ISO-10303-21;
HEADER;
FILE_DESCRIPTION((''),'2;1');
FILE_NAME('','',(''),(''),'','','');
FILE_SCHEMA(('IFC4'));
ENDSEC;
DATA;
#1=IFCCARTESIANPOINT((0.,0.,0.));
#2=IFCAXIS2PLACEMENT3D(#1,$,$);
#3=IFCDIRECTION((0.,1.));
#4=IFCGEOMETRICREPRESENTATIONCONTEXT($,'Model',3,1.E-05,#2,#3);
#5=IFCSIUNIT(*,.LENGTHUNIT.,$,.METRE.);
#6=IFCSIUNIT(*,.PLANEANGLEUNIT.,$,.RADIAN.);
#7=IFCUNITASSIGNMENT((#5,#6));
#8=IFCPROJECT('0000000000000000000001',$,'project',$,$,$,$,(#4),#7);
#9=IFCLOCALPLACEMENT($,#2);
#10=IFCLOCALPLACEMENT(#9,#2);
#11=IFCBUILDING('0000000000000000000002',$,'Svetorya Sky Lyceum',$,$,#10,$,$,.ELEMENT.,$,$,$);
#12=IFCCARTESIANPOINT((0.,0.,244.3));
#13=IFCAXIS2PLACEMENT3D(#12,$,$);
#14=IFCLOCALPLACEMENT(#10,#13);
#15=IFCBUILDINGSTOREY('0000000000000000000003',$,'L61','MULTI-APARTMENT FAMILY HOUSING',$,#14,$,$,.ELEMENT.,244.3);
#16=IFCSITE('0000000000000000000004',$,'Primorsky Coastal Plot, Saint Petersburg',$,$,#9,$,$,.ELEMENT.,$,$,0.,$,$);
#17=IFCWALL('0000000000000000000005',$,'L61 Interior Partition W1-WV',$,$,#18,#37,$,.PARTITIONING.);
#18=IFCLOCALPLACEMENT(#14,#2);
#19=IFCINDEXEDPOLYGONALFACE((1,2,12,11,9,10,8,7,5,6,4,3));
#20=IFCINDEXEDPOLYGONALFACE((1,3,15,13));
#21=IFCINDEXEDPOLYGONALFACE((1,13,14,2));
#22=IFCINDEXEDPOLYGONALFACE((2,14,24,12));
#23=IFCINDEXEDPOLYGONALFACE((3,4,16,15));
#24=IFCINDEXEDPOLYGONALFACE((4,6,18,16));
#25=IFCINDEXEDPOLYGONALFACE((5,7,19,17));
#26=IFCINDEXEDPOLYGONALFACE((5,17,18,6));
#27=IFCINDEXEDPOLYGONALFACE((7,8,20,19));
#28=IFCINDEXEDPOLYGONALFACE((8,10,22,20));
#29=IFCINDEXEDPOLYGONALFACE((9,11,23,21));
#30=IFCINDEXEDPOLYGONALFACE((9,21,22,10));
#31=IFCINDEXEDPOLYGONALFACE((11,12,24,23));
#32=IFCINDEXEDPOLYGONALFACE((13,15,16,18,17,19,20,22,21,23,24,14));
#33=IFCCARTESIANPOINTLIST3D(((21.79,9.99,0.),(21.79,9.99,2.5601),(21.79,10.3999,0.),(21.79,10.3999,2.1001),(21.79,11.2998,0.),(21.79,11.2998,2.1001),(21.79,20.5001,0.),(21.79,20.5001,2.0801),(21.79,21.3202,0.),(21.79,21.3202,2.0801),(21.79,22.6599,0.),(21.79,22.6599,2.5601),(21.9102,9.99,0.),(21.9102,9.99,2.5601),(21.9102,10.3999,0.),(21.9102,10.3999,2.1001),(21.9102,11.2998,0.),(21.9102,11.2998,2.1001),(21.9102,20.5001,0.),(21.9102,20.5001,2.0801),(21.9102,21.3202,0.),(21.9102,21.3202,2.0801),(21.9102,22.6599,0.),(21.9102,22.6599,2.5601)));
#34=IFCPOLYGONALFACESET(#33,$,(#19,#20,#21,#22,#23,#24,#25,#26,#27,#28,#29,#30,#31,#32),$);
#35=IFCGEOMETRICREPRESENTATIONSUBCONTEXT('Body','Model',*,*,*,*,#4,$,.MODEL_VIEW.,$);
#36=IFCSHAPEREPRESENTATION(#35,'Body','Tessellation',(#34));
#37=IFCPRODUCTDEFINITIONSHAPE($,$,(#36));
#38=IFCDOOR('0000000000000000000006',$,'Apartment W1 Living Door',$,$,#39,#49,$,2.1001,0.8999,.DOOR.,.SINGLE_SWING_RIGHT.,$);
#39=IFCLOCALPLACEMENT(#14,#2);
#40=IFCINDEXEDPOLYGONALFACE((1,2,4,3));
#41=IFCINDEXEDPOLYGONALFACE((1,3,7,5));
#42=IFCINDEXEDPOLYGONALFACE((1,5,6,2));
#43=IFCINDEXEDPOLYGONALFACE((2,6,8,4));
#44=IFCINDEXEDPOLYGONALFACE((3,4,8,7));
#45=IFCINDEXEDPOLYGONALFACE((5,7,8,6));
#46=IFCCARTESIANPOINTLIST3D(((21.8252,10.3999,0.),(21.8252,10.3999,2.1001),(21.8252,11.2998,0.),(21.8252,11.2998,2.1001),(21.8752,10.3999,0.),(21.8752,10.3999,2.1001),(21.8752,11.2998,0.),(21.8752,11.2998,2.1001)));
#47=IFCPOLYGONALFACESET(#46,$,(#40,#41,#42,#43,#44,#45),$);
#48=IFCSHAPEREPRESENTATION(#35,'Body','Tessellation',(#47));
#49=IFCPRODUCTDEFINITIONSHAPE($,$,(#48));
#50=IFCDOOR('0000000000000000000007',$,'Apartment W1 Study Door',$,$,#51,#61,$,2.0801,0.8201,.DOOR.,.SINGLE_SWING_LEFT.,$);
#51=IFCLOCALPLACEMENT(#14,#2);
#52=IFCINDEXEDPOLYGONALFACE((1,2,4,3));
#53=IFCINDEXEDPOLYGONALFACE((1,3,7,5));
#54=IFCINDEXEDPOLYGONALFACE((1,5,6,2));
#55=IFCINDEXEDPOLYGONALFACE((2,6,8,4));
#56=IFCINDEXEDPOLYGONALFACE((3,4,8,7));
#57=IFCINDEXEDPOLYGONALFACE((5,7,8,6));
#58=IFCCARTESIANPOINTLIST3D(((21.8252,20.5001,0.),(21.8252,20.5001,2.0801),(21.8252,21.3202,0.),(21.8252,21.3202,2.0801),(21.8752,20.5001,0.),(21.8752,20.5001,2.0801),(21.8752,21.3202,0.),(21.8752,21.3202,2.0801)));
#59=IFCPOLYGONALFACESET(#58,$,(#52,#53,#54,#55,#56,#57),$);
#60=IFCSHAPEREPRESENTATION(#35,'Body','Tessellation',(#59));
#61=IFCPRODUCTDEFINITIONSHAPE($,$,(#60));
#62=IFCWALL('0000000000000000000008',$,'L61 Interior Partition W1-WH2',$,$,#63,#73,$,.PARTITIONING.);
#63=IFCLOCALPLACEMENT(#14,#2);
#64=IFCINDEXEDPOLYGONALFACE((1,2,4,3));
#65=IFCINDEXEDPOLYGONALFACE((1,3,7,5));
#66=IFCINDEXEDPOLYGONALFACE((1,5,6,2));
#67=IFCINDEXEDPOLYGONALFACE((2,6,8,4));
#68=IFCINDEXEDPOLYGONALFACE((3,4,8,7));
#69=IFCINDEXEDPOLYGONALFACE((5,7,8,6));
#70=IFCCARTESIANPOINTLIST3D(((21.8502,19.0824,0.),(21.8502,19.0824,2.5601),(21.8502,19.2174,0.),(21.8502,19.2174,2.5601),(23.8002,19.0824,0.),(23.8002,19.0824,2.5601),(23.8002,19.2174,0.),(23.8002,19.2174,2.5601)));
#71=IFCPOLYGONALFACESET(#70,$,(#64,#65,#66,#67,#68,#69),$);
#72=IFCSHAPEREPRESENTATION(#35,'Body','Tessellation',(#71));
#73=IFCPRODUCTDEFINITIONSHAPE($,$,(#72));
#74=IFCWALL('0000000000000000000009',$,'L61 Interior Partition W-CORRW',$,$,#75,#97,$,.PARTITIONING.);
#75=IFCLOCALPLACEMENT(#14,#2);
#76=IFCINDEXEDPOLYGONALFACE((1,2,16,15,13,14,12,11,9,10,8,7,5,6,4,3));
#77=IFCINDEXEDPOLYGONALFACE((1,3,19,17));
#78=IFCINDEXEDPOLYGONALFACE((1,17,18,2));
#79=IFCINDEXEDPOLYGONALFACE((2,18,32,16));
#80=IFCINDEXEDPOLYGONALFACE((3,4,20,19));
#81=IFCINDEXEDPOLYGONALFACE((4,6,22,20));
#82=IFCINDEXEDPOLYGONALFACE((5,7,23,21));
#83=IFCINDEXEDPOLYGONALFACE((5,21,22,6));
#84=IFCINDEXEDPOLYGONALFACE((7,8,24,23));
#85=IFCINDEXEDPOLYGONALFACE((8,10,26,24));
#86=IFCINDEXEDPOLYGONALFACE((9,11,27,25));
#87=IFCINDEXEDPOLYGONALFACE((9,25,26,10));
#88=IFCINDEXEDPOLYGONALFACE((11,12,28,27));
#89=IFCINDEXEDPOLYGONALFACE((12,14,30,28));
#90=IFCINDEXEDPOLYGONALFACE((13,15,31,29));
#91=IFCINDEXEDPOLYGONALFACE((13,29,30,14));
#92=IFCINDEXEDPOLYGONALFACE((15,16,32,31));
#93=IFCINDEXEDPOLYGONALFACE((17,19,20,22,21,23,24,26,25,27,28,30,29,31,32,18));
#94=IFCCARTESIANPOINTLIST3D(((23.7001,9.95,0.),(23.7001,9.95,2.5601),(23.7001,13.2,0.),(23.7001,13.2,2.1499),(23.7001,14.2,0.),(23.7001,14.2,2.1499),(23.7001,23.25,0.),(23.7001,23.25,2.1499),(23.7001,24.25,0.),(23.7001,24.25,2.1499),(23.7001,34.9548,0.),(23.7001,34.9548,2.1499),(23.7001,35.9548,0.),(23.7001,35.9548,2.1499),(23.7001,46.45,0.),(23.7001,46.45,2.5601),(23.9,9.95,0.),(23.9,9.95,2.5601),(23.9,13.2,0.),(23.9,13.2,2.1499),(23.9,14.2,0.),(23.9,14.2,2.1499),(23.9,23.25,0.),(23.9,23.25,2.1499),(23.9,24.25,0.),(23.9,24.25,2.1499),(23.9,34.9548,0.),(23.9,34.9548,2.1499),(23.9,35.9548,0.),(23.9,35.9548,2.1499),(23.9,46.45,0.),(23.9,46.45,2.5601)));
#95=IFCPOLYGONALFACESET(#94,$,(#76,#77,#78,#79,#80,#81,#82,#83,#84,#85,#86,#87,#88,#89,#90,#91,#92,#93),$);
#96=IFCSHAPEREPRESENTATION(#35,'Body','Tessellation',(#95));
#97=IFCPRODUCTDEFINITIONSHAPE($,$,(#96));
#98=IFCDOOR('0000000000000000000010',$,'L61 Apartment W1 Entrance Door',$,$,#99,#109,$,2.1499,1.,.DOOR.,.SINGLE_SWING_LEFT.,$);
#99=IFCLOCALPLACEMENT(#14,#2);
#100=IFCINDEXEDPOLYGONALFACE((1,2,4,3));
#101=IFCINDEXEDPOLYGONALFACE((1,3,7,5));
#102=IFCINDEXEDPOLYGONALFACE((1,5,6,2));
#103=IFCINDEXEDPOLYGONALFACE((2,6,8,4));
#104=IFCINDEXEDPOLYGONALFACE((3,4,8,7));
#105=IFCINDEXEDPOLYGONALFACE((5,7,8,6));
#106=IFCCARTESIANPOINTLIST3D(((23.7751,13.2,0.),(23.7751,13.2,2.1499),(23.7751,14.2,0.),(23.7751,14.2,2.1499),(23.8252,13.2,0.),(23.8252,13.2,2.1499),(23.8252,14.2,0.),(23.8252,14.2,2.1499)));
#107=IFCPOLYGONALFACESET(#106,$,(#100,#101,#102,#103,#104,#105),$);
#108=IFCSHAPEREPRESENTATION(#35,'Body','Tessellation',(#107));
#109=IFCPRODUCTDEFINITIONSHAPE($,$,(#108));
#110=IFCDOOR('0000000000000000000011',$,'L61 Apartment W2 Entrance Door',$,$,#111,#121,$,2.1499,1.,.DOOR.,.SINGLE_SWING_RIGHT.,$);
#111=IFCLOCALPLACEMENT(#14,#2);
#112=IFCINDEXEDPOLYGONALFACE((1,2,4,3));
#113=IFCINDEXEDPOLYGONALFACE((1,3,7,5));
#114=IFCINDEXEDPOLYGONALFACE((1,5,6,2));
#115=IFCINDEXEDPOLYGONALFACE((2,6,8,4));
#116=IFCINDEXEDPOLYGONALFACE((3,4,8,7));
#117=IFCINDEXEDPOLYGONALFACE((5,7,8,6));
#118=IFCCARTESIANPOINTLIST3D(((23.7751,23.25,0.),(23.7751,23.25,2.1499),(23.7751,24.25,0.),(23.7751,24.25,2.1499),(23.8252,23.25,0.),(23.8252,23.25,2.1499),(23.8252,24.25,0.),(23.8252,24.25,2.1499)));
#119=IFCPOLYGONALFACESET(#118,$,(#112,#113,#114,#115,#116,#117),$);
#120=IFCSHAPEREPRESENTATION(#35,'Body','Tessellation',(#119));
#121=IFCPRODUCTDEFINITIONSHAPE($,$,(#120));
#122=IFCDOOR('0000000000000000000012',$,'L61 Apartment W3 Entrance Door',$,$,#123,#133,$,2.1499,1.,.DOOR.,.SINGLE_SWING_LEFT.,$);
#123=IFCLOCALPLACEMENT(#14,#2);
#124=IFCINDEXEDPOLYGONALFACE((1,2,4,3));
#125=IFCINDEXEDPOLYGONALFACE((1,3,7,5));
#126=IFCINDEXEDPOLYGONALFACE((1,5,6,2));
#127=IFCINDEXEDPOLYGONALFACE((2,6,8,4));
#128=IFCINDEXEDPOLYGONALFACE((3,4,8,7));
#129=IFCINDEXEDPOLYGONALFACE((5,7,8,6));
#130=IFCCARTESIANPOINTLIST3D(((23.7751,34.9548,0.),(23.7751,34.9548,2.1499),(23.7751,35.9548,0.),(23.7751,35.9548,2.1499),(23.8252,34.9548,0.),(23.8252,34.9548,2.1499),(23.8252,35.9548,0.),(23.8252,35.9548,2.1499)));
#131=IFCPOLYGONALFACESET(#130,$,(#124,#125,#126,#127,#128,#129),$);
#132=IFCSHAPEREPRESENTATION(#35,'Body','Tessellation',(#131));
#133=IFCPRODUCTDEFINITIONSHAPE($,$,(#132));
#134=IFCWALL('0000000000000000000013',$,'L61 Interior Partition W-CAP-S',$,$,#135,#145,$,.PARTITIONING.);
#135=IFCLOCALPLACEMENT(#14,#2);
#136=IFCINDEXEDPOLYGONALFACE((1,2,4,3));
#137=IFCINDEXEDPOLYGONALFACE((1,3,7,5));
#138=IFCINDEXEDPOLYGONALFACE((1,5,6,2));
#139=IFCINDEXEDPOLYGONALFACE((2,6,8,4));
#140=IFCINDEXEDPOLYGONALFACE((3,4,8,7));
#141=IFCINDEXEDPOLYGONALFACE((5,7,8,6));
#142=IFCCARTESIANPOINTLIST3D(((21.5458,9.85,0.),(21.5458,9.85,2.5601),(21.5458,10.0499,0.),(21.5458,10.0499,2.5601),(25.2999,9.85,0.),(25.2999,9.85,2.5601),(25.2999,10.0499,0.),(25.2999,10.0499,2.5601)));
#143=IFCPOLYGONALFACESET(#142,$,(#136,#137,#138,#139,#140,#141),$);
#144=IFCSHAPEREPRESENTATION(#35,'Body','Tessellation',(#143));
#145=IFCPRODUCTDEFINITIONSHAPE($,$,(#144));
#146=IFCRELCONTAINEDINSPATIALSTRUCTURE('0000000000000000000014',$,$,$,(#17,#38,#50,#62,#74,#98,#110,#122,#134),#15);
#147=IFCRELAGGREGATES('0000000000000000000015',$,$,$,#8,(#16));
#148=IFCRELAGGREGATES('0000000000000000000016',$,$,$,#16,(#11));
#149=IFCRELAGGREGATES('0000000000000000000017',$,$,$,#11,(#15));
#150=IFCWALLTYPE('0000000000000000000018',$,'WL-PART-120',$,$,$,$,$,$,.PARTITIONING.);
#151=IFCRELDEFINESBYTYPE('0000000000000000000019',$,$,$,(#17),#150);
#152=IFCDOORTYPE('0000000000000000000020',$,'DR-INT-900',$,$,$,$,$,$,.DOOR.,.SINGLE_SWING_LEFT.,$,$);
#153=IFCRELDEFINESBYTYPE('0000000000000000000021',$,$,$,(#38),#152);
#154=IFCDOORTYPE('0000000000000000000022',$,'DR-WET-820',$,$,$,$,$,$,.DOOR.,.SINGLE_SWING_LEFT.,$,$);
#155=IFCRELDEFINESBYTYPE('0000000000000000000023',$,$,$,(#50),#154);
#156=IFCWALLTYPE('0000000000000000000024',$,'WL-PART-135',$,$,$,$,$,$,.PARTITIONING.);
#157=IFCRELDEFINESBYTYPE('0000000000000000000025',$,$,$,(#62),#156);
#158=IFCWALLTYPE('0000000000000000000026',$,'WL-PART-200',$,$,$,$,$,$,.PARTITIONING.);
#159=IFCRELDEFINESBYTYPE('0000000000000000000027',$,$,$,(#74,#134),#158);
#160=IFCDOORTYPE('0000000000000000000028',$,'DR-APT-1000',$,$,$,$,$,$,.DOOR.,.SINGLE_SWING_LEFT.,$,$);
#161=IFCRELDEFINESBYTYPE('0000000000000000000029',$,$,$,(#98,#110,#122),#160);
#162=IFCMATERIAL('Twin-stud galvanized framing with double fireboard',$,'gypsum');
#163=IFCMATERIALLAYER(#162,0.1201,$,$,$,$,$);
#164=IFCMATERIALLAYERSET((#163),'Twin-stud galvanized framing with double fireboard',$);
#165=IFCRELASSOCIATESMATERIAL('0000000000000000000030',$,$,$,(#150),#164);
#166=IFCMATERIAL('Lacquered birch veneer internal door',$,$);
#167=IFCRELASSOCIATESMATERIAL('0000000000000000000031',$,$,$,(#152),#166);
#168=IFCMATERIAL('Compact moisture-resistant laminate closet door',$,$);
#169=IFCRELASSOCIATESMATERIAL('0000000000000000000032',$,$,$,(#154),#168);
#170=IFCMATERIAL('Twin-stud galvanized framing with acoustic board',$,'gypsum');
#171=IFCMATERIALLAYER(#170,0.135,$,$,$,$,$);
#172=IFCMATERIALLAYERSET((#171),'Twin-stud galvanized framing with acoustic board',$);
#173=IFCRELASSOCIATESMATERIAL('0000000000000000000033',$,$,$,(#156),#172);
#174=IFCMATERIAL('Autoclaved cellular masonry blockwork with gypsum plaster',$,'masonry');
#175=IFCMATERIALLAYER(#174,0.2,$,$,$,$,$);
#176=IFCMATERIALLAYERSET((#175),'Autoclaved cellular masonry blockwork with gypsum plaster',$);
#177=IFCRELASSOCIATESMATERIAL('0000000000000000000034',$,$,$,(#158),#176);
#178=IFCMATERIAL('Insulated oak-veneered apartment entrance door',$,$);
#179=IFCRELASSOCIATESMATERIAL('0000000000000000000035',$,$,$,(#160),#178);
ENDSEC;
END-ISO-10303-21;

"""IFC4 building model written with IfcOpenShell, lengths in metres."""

from ifc_helpers import new_model, si_unit, direction, frame, frame_2d, origin, place, context, subcontext, project, spatial, rectangle, extrude, material, layer, layer_set, type_object, element, fill, save


model = new_model("IFC4")

# Units and contexts
model_context = context("Model", 3, precision=1e-05, world=origin(), true_north=direction((0.0, 1.0)))
body_context = subcontext(model_context, "Body", "Model", "MODEL_VIEW")
ifc_project = project(units=[si_unit("LENGTHUNIT", "METRE"), si_unit("PLANEANGLEUNIT", "RADIAN")], contexts=[model_context])

# Site, building, storey
site_placement = place(None, origin())
site = spatial("IfcSite", under=ifc_project, at=site_placement, Name="Primorsky Coastal Plot, Saint Petersburg", CompositionType="ELEMENT", RefElevation=0.0)
building_placement = place(site_placement, origin())
building = spatial("IfcBuilding", under=site, at=building_placement, Name="Svetorya Sky Lyceum", CompositionType="ELEMENT")
storey_placement = place(building_placement, frame((0.0, 0.0, 244.3)))
storey = spatial("IfcBuildingStorey", under=building, at=storey_placement, Name="L61", Description="MULTI-APARTMENT FAMILY HOUSING", CompositionType="ELEMENT", Elevation=244.3)

# Shared definitions
ifc_material_1 = material(Name="Twin-stud galvanized framing with double fireboard", Category="gypsum")
ifc_layer_1 = layer(ifc_material_1, 0.1201)
ifc_layer_set_1 = layer_set([ifc_layer_1], Name="Twin-stud galvanized framing with double fireboard")
wall_type_1 = type_object("IfcWallType", Name="WL-PART-120", PredefinedType="PARTITIONING", material=ifc_layer_set_1)

# Wall, openings, doors
wall_1_placement = place(storey_placement, frame((21.8501, 9.99, 0.0), z_axis=(0.0, 0.0, 1.0), x_axis=(0.0, 1.0, 0.0)))
wall_1 = element("IfcWall", 1, at=wall_1_placement, inside=storey, type_object=wall_type_1, Name="L61 Interior Partition W1-WV", PredefinedType="PARTITIONING", context=body_context, shape_type="SweptSolid", body=[
    extrude(rectangle(XDim=12.6699, YDim=0.1201, at=frame_2d((6.335, 0.0))), origin(), (0.0, 0.0, 1.0), 2.5601),
])
opening_1_placement = place(wall_1_placement, frame((0.4099, 0.0, 0.0)))
opening_1 = element("IfcOpeningElement", 2, at=opening_1_placement, cuts=wall_1, PredefinedType="OPENING", context=body_context, shape_type="SweptSolid", body=[
    extrude(rectangle(XDim=0.8999, YDim=2.1001, at=frame_2d((0.45, 1.05))), frame((0.0, 0.0701, 0.0), z_axis=(0.0, -1.0, 0.0), x_axis=(1.0, 0.0, 0.0)), (0.0, 0.0, 1.0), 0.1401),
])
opening_2_placement = place(wall_1_placement, frame((10.51, 0.0, 0.0)))
opening_2 = element("IfcOpeningElement", 3, at=opening_2_placement, cuts=wall_1, PredefinedType="OPENING", context=body_context, shape_type="SweptSolid", body=[
    extrude(rectangle(XDim=0.8201, YDim=2.0801, at=frame_2d((0.4102, 1.04))), frame((0.0, 0.0701, 0.0), z_axis=(0.0, -1.0, 0.0), x_axis=(1.0, 0.0, 0.0)), (0.0, 0.0, 1.0), 0.1401),
])
ifc_material_2 = material(Name="Lacquered birch veneer internal door")
door_type_1 = type_object("IfcDoorType", Name="DR-INT-900", OperationType="SINGLE_SWING_LEFT", PredefinedType="DOOR", material=ifc_material_2)
door_1_placement = place(opening_1_placement, origin())
door_1 = element("IfcDoor", 4, at=door_1_placement, inside=storey, type_object=door_type_1, Name="Apartment W1 Living Door", OperationType="SINGLE_SWING_RIGHT", OverallHeight=2.1001, OverallWidth=0.8999, PredefinedType="DOOR", context=body_context, shape_type="SweptSolid", body=[
    extrude(rectangle(XDim=0.8999, YDim=2.1001, at=frame_2d((0.45, 1.05))), frame((0.0, 0.0249, 0.0), z_axis=(0.0, -1.0, 0.0), x_axis=(1.0, 0.0, 0.0)), (0.0, 0.0, 1.0), 0.05),
])
fill(opening_1, door_1)
ifc_material_3 = material(Name="Compact moisture-resistant laminate closet door")
door_type_2 = type_object("IfcDoorType", Name="DR-WET-820", OperationType="SINGLE_SWING_LEFT", PredefinedType="DOOR", material=ifc_material_3)
door_2_placement = place(opening_2_placement, origin())
door_2 = element("IfcDoor", 5, at=door_2_placement, inside=storey, type_object=door_type_2, Name="Apartment W1 Study Door", OperationType="SINGLE_SWING_LEFT", OverallHeight=2.0801, OverallWidth=0.8201, PredefinedType="DOOR", context=body_context, shape_type="SweptSolid", body=[
    extrude(rectangle(XDim=0.8201, YDim=2.0801, at=frame_2d((0.4102, 1.04))), frame((0.0, 0.0249, 0.0), z_axis=(0.0, -1.0, 0.0), x_axis=(1.0, 0.0, 0.0)), (0.0, 0.0, 1.0), 0.05),
])
fill(opening_2, door_2)

# Wall
ifc_material_4 = material(Name="Twin-stud galvanized framing with acoustic board", Category="gypsum")
ifc_layer_2 = layer(ifc_material_4, 0.135)
ifc_layer_set_2 = layer_set([ifc_layer_2], Name="Twin-stud galvanized framing with acoustic board")
wall_type_2 = type_object("IfcWallType", Name="WL-PART-135", PredefinedType="PARTITIONING", material=ifc_layer_set_2)
wall_2_placement = place(storey_placement, frame((21.8501, 19.1499, 0.0), z_axis=(0.0, 0.0, 1.0), x_axis=(1.0, 0.0, 0.0)))
element("IfcWall", 6, at=wall_2_placement, inside=storey, type_object=wall_type_2, Name="L61 Interior Partition W1-WH2", PredefinedType="PARTITIONING", context=body_context, shape_type="SweptSolid", body=[
    extrude(rectangle(XDim=1.95, YDim=0.135, at=frame_2d((0.9751, 0.0))), origin(), (0.0, 0.0, 1.0), 2.5601),
])

# Wall, openings, doors
ifc_material_5 = material(Name="Autoclaved cellular masonry blockwork with gypsum plaster", Category="masonry")
ifc_layer_3 = layer(ifc_material_5, 0.2)
ifc_layer_set_3 = layer_set([ifc_layer_3], Name="Autoclaved cellular masonry blockwork with gypsum plaster")
wall_type_3 = type_object("IfcWallType", Name="WL-PART-200", PredefinedType="PARTITIONING", material=ifc_layer_set_3)
wall_3_placement = place(storey_placement, frame((23.8, 9.95, 0.0), z_axis=(0.0, 0.0, 1.0), x_axis=(0.0, 1.0, 0.0)))
wall_3 = element("IfcWall", 7, at=wall_3_placement, inside=storey, type_object=wall_type_3, Name="L61 Interior Partition W-CORRW", PredefinedType="PARTITIONING", context=body_context, shape_type="SweptSolid", body=[
    extrude(rectangle(XDim=36.5, YDim=0.2, at=frame_2d((18.25, 0.0))), origin(), (0.0, 0.0, 1.0), 2.5601),
])
opening_3_placement = place(wall_3_placement, frame((3.25, 0.0, 0.0)))
opening_3 = element("IfcOpeningElement", 8, at=opening_3_placement, cuts=wall_3, PredefinedType="OPENING", context=body_context, shape_type="SweptSolid", body=[
    extrude(rectangle(XDim=1.0, YDim=2.1499, at=frame_2d((0.5, 1.075))), frame((0.0, 0.1099, 0.0), z_axis=(0.0, -1.0, 0.0), x_axis=(1.0, 0.0, 0.0)), (0.0, 0.0, 1.0), 0.22),
])
opening_4_placement = place(wall_3_placement, frame((13.3, 0.0, 0.0)))
opening_4 = element("IfcOpeningElement", 9, at=opening_4_placement, cuts=wall_3, PredefinedType="OPENING", context=body_context, shape_type="SweptSolid", body=[
    extrude(rectangle(XDim=1.0, YDim=2.1499, at=frame_2d((0.5, 1.075))), frame((0.0, 0.1099, 0.0), z_axis=(0.0, -1.0, 0.0), x_axis=(1.0, 0.0, 0.0)), (0.0, 0.0, 1.0), 0.22),
])
opening_5_placement = place(wall_3_placement, frame((25.0049, 0.0, 0.0)))
opening_5 = element("IfcOpeningElement", 10, at=opening_5_placement, cuts=wall_3, PredefinedType="OPENING", context=body_context, shape_type="SweptSolid", body=[
    extrude(rectangle(XDim=1.0, YDim=2.1499, at=frame_2d((0.5, 1.075))), frame((0.0, 0.1099, 0.0), z_axis=(0.0, -1.0, 0.0), x_axis=(1.0, 0.0, 0.0)), (0.0, 0.0, 1.0), 0.22),
])
ifc_material_6 = material(Name="Insulated oak-veneered apartment entrance door")
door_type_3 = type_object("IfcDoorType", Name="DR-APT-1000", OperationType="SINGLE_SWING_LEFT", PredefinedType="DOOR", material=ifc_material_6)
door_3_placement = place(opening_3_placement, origin())
door_3 = element("IfcDoor", 11, at=door_3_placement, inside=storey, type_object=door_type_3, Name="L61 Apartment W1 Entrance Door", OperationType="SINGLE_SWING_LEFT", OverallHeight=2.1499, OverallWidth=1.0, PredefinedType="DOOR", context=body_context, shape_type="SweptSolid", body=[
    extrude(rectangle(XDim=1.0, YDim=2.1499, at=frame_2d((0.5, 1.075))), frame((0.0, 0.0249, 0.0), z_axis=(0.0, -1.0, 0.0), x_axis=(1.0, 0.0, 0.0)), (0.0, 0.0, 1.0), 0.05),
])
fill(opening_3, door_3)
door_4_placement = place(opening_4_placement, origin())
door_4 = element("IfcDoor", 12, at=door_4_placement, inside=storey, type_object=door_type_3, Name="L61 Apartment W2 Entrance Door", OperationType="SINGLE_SWING_RIGHT", OverallHeight=2.1499, OverallWidth=1.0, PredefinedType="DOOR", context=body_context, shape_type="SweptSolid", body=[
    extrude(rectangle(XDim=1.0, YDim=2.1499, at=frame_2d((0.5, 1.075))), frame((0.0, 0.0249, 0.0), z_axis=(0.0, -1.0, 0.0), x_axis=(1.0, 0.0, 0.0)), (0.0, 0.0, 1.0), 0.05),
])
fill(opening_4, door_4)
door_5_placement = place(opening_5_placement, origin())
door_5 = element("IfcDoor", 13, at=door_5_placement, inside=storey, type_object=door_type_3, Name="L61 Apartment W3 Entrance Door", OperationType="SINGLE_SWING_LEFT", OverallHeight=2.1499, OverallWidth=1.0, PredefinedType="DOOR", context=body_context, shape_type="SweptSolid", body=[
    extrude(rectangle(XDim=1.0, YDim=2.1499, at=frame_2d((0.5, 1.075))), frame((0.0, 0.0249, 0.0), z_axis=(0.0, -1.0, 0.0), x_axis=(1.0, 0.0, 0.0)), (0.0, 0.0, 1.0), 0.05),
])
fill(opening_5, door_5)

# Wall
wall_4_placement = place(storey_placement, frame((21.5459, 9.95, 0.0), z_axis=(0.0, 0.0, 1.0), x_axis=(1.0, 0.0, 0.0)))
element("IfcWall", 14, at=wall_4_placement, inside=storey, type_object=wall_type_3, Name="L61 Interior Partition W-CAP-S", PredefinedType="PARTITIONING", context=body_context, shape_type="SweptSolid", body=[
    extrude(rectangle(XDim=3.7542, YDim=0.2, at=frame_2d((1.877, 0.0))), origin(), (0.0, 0.0, 1.0), 2.5601),
])

save(model, "model.ifc")
